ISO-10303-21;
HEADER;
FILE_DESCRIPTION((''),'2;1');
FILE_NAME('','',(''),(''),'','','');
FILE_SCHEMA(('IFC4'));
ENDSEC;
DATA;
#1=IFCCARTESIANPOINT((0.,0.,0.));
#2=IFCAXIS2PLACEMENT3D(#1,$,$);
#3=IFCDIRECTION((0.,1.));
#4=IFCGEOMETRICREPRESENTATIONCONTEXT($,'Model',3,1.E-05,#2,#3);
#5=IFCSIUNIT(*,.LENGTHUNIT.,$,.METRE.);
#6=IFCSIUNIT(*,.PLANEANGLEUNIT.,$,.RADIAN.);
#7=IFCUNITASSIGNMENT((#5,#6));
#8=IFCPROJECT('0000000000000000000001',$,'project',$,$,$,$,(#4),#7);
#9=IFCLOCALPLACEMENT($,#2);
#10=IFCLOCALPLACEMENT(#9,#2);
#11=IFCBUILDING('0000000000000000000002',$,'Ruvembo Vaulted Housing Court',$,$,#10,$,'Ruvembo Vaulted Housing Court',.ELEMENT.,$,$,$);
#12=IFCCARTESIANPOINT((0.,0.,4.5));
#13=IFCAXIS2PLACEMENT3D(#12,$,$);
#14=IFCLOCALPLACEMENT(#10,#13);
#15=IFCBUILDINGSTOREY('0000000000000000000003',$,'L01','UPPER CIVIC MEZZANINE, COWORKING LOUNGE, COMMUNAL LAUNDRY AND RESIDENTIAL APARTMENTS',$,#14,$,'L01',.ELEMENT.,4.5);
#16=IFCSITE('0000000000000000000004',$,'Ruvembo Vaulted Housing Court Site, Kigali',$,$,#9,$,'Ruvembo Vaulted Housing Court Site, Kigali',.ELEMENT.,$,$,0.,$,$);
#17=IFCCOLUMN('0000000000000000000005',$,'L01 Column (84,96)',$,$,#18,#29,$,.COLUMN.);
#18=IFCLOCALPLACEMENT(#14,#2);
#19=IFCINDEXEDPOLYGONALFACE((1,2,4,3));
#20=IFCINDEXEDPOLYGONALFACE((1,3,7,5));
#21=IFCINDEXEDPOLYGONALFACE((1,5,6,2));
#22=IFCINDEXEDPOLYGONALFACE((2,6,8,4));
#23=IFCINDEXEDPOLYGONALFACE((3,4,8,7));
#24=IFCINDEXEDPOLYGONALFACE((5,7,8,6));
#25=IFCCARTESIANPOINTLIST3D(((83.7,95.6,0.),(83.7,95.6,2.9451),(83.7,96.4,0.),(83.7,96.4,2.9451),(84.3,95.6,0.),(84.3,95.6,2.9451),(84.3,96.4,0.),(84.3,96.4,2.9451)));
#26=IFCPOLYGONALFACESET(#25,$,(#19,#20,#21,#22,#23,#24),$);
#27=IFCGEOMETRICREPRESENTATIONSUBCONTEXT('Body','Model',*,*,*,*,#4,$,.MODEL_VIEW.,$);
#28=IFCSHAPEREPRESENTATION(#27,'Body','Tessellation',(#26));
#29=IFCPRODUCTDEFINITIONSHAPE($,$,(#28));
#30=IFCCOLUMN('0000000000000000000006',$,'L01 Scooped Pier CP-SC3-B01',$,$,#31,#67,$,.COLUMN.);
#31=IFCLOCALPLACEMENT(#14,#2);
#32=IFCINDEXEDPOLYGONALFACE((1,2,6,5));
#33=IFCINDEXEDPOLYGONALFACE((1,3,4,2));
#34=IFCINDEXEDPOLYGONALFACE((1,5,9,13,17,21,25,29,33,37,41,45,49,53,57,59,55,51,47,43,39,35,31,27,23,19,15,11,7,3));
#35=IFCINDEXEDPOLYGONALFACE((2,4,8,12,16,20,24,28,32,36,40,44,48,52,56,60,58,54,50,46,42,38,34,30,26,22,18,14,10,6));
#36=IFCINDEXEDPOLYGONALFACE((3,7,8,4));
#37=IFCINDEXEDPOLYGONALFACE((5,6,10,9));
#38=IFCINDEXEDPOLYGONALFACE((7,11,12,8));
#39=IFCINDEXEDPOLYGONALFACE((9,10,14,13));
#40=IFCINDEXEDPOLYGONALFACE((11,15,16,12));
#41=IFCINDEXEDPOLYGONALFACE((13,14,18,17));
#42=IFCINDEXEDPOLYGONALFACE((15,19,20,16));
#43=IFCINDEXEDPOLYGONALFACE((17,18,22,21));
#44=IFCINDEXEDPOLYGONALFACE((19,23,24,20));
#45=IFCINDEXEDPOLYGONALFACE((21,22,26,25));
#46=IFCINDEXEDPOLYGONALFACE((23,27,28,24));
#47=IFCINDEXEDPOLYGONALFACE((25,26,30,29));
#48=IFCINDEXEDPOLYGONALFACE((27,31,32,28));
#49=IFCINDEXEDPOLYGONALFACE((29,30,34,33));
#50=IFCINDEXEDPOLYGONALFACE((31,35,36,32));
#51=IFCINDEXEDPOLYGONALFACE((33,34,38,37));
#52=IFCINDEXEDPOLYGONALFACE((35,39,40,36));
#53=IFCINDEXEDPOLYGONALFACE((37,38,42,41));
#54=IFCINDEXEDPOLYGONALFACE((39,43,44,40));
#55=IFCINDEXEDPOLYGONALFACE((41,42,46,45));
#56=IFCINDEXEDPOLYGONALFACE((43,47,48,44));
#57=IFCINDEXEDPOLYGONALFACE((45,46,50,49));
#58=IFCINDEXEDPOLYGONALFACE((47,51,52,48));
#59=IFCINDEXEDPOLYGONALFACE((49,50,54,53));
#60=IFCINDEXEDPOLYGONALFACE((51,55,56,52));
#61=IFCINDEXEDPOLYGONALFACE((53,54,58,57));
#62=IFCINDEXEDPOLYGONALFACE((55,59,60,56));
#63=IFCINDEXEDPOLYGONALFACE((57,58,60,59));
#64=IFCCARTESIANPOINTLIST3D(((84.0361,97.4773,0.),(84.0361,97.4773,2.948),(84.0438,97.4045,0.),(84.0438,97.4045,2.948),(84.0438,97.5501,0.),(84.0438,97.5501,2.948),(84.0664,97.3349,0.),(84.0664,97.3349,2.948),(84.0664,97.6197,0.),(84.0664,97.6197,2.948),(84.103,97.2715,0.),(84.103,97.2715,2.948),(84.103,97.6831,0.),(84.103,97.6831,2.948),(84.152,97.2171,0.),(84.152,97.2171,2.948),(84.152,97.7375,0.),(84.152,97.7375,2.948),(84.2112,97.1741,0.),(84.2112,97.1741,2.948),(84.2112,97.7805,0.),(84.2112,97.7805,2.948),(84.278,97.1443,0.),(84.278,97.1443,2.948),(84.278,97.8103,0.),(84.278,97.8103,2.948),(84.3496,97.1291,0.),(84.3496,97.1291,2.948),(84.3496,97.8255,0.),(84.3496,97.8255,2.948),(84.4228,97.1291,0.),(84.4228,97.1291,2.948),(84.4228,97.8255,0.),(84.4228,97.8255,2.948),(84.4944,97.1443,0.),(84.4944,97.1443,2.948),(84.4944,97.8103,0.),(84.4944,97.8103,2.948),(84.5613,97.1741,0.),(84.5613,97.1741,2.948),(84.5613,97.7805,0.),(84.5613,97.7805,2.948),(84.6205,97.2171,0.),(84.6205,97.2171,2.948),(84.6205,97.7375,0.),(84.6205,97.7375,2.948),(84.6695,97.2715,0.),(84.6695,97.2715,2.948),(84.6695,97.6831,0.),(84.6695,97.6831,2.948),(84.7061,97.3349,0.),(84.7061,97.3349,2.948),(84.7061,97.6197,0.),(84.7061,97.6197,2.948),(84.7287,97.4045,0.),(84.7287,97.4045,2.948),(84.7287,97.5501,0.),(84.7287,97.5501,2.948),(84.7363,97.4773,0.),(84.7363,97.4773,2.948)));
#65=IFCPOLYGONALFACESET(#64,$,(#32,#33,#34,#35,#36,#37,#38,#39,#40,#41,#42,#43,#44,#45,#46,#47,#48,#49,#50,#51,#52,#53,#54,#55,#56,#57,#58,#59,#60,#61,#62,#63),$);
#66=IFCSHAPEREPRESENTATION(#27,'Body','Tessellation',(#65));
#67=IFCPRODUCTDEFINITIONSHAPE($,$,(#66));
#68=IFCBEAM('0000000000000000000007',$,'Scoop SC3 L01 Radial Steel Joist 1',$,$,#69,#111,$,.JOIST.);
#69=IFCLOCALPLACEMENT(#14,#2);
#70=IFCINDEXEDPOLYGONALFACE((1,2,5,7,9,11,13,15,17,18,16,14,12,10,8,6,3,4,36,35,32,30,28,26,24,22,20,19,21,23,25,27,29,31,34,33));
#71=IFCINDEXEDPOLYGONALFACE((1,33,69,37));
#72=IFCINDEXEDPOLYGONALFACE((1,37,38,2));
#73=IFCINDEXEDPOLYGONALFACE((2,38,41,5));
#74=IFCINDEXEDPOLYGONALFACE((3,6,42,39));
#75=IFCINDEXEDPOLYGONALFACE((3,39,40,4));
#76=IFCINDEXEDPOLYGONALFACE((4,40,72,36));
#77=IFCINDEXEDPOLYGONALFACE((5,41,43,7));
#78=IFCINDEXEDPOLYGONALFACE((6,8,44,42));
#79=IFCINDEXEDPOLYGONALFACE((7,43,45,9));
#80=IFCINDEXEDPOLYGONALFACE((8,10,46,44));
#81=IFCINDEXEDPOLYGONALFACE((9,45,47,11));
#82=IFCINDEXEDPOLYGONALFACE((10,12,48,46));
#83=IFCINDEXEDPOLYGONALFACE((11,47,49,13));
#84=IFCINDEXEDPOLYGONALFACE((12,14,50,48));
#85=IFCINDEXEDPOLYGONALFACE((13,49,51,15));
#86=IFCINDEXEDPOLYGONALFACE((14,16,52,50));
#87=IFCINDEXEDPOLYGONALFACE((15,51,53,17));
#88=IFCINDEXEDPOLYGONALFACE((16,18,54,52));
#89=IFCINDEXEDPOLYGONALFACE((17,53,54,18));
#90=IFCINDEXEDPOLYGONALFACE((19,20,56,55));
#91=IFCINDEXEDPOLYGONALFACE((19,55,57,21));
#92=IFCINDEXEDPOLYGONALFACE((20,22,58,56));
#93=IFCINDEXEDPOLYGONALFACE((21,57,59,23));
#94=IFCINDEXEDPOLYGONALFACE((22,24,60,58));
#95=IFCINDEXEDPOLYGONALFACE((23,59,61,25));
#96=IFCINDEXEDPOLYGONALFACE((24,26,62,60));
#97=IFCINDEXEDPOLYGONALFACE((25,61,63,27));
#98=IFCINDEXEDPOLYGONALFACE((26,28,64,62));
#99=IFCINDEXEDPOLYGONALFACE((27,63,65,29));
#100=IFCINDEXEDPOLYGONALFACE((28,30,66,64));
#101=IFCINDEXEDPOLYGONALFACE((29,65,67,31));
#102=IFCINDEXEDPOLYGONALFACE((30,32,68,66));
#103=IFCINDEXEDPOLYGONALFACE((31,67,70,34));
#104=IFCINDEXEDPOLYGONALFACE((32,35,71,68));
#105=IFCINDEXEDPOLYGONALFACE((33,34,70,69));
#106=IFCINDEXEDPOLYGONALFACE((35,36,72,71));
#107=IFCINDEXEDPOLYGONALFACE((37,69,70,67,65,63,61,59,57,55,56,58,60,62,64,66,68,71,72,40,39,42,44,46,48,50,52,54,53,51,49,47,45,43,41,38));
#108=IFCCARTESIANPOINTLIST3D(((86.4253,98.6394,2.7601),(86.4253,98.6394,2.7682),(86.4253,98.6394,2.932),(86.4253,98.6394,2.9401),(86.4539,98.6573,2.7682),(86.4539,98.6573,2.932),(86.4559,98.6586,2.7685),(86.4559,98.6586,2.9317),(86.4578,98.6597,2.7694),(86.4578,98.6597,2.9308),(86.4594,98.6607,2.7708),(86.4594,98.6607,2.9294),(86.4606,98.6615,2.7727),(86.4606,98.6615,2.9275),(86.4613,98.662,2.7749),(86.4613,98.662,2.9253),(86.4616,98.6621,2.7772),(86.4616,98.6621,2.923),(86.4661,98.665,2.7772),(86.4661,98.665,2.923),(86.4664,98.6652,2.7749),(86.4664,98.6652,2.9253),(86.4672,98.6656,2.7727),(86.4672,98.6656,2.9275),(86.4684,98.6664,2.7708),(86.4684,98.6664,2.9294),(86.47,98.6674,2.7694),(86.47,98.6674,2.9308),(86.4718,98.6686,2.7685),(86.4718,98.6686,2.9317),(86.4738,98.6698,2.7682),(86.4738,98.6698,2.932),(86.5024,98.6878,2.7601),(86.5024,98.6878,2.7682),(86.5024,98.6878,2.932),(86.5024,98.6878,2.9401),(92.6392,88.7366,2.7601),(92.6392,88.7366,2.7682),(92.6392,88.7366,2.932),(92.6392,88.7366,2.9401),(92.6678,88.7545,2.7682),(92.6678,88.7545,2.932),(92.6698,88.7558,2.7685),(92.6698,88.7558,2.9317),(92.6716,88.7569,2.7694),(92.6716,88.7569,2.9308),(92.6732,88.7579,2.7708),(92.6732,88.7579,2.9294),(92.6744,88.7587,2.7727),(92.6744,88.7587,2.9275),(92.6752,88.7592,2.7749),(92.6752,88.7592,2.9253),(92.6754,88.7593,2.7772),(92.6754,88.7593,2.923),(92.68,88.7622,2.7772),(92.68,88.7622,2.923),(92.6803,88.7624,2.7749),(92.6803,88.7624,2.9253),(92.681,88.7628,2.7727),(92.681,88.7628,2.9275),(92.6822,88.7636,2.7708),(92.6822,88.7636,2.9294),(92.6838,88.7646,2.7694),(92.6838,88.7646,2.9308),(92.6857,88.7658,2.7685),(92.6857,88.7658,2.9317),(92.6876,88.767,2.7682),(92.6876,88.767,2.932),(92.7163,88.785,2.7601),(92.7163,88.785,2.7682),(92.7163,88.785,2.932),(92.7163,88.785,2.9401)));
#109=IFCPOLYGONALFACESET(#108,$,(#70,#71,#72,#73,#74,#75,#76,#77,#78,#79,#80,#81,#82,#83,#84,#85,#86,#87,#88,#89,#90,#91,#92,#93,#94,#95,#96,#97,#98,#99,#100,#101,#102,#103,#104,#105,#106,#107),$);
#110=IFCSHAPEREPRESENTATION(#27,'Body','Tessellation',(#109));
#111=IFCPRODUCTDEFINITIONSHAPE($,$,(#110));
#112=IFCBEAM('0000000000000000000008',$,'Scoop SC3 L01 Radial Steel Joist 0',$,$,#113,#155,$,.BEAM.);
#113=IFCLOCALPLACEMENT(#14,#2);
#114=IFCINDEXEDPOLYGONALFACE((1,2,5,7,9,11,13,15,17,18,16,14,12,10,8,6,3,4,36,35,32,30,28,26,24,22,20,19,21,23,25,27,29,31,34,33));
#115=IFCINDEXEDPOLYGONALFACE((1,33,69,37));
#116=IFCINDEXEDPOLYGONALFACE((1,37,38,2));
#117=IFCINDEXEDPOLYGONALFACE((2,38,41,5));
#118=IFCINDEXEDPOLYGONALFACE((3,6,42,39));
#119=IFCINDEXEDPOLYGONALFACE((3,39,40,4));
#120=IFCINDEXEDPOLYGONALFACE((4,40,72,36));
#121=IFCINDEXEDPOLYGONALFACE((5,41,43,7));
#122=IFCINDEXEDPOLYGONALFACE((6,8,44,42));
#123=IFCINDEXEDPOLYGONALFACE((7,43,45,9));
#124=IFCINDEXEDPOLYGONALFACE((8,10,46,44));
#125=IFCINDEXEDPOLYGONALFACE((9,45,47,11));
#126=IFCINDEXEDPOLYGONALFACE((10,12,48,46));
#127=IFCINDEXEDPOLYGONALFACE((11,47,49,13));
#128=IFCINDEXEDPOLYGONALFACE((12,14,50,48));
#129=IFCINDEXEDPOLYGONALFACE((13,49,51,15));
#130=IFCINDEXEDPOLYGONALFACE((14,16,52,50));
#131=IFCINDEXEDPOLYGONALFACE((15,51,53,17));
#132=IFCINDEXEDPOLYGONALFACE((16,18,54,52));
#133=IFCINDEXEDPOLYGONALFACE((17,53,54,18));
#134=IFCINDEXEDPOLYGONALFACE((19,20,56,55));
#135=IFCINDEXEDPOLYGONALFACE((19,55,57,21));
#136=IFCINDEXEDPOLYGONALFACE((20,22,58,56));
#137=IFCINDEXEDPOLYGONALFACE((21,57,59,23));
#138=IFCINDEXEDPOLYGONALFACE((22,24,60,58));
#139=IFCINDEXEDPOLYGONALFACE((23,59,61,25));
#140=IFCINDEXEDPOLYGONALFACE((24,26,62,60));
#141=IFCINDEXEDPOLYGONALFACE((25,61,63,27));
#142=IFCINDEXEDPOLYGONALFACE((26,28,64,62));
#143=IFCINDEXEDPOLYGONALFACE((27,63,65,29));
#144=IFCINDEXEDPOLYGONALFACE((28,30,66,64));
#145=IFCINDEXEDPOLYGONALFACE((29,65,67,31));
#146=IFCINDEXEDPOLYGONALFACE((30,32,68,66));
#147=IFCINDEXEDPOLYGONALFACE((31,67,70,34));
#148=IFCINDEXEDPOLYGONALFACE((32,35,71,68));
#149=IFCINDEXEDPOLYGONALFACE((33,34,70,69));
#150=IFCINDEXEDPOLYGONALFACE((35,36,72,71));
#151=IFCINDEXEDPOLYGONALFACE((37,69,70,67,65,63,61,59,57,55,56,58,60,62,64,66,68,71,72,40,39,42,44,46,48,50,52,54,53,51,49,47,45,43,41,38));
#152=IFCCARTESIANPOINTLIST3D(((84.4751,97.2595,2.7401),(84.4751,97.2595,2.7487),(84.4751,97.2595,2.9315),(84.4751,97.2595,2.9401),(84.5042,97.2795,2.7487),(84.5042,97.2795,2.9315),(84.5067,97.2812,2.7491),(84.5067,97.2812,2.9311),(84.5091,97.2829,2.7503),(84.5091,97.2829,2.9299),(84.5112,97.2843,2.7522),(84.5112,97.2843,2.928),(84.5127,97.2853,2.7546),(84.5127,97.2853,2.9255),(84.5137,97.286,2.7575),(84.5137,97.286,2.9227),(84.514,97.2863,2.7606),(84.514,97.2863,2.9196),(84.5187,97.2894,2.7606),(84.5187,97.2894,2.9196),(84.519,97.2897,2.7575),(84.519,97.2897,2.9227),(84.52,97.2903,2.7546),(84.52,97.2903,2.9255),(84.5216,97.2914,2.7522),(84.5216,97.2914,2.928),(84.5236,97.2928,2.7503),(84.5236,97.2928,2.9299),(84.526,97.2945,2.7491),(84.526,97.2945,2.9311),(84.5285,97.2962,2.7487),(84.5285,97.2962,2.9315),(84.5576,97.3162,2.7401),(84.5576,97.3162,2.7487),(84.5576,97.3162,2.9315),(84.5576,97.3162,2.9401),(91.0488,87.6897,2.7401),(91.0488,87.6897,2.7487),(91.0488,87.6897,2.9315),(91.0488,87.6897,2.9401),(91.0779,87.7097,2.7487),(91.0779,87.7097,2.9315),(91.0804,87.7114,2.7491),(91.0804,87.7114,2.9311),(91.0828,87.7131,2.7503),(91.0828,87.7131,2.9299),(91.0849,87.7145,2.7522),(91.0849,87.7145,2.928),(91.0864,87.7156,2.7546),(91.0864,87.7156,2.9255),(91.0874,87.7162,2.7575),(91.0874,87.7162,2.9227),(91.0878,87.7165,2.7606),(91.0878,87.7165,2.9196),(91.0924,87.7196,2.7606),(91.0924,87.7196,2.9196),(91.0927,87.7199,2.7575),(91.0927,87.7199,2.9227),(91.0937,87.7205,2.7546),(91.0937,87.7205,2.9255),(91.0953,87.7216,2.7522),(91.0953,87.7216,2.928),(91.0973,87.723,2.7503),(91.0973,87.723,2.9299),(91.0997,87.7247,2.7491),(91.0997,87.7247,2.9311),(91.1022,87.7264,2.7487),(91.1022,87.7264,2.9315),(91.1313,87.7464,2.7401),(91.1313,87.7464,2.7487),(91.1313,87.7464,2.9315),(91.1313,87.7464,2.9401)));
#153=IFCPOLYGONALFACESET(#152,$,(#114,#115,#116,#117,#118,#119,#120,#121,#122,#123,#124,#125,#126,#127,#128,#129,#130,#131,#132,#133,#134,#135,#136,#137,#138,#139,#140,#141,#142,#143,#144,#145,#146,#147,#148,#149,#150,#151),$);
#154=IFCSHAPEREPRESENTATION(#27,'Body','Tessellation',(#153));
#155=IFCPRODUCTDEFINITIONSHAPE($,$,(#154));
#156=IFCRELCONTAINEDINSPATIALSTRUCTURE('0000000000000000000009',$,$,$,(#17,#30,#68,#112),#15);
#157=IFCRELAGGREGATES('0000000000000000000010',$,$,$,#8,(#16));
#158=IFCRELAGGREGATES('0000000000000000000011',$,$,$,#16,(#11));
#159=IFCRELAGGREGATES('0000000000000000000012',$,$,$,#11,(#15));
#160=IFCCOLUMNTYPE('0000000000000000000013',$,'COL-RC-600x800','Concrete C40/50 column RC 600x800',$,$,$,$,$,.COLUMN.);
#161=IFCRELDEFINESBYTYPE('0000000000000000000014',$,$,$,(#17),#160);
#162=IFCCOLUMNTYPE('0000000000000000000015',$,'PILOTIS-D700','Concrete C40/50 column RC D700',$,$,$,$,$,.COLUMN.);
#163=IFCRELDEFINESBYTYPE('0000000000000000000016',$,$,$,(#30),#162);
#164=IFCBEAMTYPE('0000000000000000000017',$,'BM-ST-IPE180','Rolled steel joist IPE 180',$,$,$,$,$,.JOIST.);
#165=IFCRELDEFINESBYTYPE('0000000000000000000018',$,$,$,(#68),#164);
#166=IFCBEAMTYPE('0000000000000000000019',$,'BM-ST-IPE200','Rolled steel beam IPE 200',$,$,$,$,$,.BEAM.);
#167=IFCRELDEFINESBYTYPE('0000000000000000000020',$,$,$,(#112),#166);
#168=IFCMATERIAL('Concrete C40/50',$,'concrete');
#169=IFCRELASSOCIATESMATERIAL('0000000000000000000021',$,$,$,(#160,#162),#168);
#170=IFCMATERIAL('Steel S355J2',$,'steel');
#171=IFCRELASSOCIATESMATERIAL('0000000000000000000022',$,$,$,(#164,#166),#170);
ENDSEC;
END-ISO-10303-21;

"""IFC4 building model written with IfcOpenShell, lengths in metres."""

from ifc_helpers import new_model, si_unit, direction, frame, origin, origin_2d, place, context, subcontext, project, spatial, rectangle, circle, i_section, extrude, material, material_profile, profile_set, type_object, element, save


model = new_model("IFC4")

# Units and contexts
model_context = context("Model", 3, precision=1e-05, world=origin(), true_north=direction((0.0, 1.0)))
body_context = subcontext(model_context, "Body", "Model", "MODEL_VIEW")
ifc_project = project(units=[si_unit("LENGTHUNIT", "METRE"), si_unit("PLANEANGLEUNIT", "RADIAN")], contexts=[model_context])

# Site, building, storey
site_placement = place(None, origin())
site = spatial("IfcSite", under=ifc_project, at=site_placement, Name="Ruvembo Vaulted Housing Court Site, Kigali", LongName="Ruvembo Vaulted Housing Court Site, Kigali", CompositionType="ELEMENT", RefElevation=0.0)
building_placement = place(site_placement, origin())
building = spatial("IfcBuilding", under=site, at=building_placement, Name="Ruvembo Vaulted Housing Court", LongName="Ruvembo Vaulted Housing Court", CompositionType="ELEMENT")
storey_placement = place(building_placement, frame((0.0, 0.0, 4.5)))
storey = spatial("IfcBuildingStorey", under=building, at=storey_placement, Name="L01", Description="UPPER CIVIC MEZZANINE, COWORKING LOUNGE, COMMUNAL LAUNDRY AND RESIDENTIAL APARTMENTS", LongName="L01", CompositionType="ELEMENT", Elevation=4.5)

# Columns
ifc_material_1 = material(Name="Concrete C40/50", Category="concrete")
ifc_material_profile_1 = material_profile(ifc_material_1, rectangle(XDim=0.6001, YDim=0.8, at=origin_2d()), Name="RC 600x800")
ifc_profile_set_1 = profile_set([ifc_material_profile_1], Name="Concrete C40/50")
column_type_1 = type_object("IfcColumnType", Name="COL-RC-600x800", Description="Concrete C40/50 column RC 600x800", PredefinedType="COLUMN", material=ifc_profile_set_1)
column_1_placement = place(storey_placement, frame((84.0, 96.0, 0.0), z_axis=(0.0, 0.0, 1.0), x_axis=(1.0, 0.0, 0.0)))
element("IfcColumn", 1, at=column_1_placement, inside=storey, type_object=column_type_1, Name="L01 Column (84,96)", PredefinedType="COLUMN", context=body_context, shape_type="SweptSolid", body=[
    extrude(rectangle(XDim=0.6001, YDim=0.8, at=origin_2d()), origin(), (0.0, 0.0, 1.0), 2.9451),
])
ifc_material_profile_2 = material_profile(ifc_material_1, circle(Radius=0.3501, at=origin_2d()), Name="RC D700")
ifc_profile_set_2 = profile_set([ifc_material_profile_2], Name="Concrete C40/50")
column_type_2 = type_object("IfcColumnType", Name="PILOTIS-D700", Description="Concrete C40/50 column RC D700", PredefinedType="COLUMN", material=ifc_profile_set_2)
column_2_placement = place(storey_placement, frame((84.3862, 97.4773, 0.0), z_axis=(0.0, 0.0, 1.0), x_axis=(1.0, 0.0, 0.0)))
element("IfcColumn", 2, at=column_2_placement, inside=storey, type_object=column_type_2, Name="L01 Scooped Pier CP-SC3-B01", PredefinedType="COLUMN", context=body_context, shape_type="SweptSolid", body=[
    extrude(circle(Radius=0.3501, at=origin_2d()), origin(), (0.0, 0.0, 1.0), 2.948),
])

# Beams
ifc_material_2 = material(Name="Steel S355J2", Category="steel")
ifc_material_profile_3 = material_profile(ifc_material_2, i_section(OverallWidth=0.0911, OverallDepth=0.1799, WebThickness=0.0054, FlangeThickness=0.0081, FilletRadius=0.009, at=origin_2d()), Name="IPE 180")
ifc_profile_set_3 = profile_set([ifc_material_profile_3], Name="Steel S355J2")
beam_type_1 = type_object("IfcBeamType", Name="BM-ST-IPE180", Description="Rolled steel joist IPE 180", PredefinedType="JOIST", material=ifc_profile_set_3)
beam_1_placement = place(storey_placement, frame((86.4639, 98.6636, 2.8501), z_axis=(0.531511, -0.847051, 0.0), x_axis=(0.847051, 0.531511, 0.0)))
element("IfcBeam", 3, at=beam_1_placement, inside=storey, type_object=beam_type_1, Name="Scoop SC3 L01 Radial Steel Joist 1", PredefinedType="JOIST", context=body_context, shape_type="SweptSolid", body=[
    extrude(i_section(OverallWidth=0.0911, OverallDepth=0.1799, WebThickness=0.0054, FlangeThickness=0.0081, FilletRadius=0.009, at=origin_2d()), origin(), (0.0, 0.0, 1.0), 11.6909),
])
ifc_material_profile_4 = material_profile(ifc_material_2, i_section(OverallWidth=0.1001, OverallDepth=0.2, WebThickness=0.0056, FlangeThickness=0.0085, FilletRadius=0.012, at=origin_2d()), Name="IPE 200")
ifc_profile_set_4 = profile_set([ifc_material_profile_4], Name="Steel S355J2")
beam_type_2 = type_object("IfcBeamType", Name="BM-ST-IPE200", Description="Rolled steel beam IPE 200", PredefinedType="BEAM", material=ifc_profile_set_4)
beam_2_placement = place(storey_placement, frame((84.5164, 97.2878, 2.8401), z_axis=(0.566206, -0.824264, 0.0), x_axis=(0.824264, 0.566206, 0.0)))
element("IfcBeam", 4, at=beam_2_placement, inside=storey, type_object=beam_type_2, Name="Scoop SC3 L01 Radial Steel Joist 0", PredefinedType="BEAM", context=body_context, shape_type="SweptSolid", body=[
    extrude(i_section(OverallWidth=0.1001, OverallDepth=0.2, WebThickness=0.0056, FlangeThickness=0.0085, FilletRadius=0.012, at=origin_2d()), origin(), (0.0, 0.0, 1.0), 11.6101),
])

save(model, "model.ifc")
